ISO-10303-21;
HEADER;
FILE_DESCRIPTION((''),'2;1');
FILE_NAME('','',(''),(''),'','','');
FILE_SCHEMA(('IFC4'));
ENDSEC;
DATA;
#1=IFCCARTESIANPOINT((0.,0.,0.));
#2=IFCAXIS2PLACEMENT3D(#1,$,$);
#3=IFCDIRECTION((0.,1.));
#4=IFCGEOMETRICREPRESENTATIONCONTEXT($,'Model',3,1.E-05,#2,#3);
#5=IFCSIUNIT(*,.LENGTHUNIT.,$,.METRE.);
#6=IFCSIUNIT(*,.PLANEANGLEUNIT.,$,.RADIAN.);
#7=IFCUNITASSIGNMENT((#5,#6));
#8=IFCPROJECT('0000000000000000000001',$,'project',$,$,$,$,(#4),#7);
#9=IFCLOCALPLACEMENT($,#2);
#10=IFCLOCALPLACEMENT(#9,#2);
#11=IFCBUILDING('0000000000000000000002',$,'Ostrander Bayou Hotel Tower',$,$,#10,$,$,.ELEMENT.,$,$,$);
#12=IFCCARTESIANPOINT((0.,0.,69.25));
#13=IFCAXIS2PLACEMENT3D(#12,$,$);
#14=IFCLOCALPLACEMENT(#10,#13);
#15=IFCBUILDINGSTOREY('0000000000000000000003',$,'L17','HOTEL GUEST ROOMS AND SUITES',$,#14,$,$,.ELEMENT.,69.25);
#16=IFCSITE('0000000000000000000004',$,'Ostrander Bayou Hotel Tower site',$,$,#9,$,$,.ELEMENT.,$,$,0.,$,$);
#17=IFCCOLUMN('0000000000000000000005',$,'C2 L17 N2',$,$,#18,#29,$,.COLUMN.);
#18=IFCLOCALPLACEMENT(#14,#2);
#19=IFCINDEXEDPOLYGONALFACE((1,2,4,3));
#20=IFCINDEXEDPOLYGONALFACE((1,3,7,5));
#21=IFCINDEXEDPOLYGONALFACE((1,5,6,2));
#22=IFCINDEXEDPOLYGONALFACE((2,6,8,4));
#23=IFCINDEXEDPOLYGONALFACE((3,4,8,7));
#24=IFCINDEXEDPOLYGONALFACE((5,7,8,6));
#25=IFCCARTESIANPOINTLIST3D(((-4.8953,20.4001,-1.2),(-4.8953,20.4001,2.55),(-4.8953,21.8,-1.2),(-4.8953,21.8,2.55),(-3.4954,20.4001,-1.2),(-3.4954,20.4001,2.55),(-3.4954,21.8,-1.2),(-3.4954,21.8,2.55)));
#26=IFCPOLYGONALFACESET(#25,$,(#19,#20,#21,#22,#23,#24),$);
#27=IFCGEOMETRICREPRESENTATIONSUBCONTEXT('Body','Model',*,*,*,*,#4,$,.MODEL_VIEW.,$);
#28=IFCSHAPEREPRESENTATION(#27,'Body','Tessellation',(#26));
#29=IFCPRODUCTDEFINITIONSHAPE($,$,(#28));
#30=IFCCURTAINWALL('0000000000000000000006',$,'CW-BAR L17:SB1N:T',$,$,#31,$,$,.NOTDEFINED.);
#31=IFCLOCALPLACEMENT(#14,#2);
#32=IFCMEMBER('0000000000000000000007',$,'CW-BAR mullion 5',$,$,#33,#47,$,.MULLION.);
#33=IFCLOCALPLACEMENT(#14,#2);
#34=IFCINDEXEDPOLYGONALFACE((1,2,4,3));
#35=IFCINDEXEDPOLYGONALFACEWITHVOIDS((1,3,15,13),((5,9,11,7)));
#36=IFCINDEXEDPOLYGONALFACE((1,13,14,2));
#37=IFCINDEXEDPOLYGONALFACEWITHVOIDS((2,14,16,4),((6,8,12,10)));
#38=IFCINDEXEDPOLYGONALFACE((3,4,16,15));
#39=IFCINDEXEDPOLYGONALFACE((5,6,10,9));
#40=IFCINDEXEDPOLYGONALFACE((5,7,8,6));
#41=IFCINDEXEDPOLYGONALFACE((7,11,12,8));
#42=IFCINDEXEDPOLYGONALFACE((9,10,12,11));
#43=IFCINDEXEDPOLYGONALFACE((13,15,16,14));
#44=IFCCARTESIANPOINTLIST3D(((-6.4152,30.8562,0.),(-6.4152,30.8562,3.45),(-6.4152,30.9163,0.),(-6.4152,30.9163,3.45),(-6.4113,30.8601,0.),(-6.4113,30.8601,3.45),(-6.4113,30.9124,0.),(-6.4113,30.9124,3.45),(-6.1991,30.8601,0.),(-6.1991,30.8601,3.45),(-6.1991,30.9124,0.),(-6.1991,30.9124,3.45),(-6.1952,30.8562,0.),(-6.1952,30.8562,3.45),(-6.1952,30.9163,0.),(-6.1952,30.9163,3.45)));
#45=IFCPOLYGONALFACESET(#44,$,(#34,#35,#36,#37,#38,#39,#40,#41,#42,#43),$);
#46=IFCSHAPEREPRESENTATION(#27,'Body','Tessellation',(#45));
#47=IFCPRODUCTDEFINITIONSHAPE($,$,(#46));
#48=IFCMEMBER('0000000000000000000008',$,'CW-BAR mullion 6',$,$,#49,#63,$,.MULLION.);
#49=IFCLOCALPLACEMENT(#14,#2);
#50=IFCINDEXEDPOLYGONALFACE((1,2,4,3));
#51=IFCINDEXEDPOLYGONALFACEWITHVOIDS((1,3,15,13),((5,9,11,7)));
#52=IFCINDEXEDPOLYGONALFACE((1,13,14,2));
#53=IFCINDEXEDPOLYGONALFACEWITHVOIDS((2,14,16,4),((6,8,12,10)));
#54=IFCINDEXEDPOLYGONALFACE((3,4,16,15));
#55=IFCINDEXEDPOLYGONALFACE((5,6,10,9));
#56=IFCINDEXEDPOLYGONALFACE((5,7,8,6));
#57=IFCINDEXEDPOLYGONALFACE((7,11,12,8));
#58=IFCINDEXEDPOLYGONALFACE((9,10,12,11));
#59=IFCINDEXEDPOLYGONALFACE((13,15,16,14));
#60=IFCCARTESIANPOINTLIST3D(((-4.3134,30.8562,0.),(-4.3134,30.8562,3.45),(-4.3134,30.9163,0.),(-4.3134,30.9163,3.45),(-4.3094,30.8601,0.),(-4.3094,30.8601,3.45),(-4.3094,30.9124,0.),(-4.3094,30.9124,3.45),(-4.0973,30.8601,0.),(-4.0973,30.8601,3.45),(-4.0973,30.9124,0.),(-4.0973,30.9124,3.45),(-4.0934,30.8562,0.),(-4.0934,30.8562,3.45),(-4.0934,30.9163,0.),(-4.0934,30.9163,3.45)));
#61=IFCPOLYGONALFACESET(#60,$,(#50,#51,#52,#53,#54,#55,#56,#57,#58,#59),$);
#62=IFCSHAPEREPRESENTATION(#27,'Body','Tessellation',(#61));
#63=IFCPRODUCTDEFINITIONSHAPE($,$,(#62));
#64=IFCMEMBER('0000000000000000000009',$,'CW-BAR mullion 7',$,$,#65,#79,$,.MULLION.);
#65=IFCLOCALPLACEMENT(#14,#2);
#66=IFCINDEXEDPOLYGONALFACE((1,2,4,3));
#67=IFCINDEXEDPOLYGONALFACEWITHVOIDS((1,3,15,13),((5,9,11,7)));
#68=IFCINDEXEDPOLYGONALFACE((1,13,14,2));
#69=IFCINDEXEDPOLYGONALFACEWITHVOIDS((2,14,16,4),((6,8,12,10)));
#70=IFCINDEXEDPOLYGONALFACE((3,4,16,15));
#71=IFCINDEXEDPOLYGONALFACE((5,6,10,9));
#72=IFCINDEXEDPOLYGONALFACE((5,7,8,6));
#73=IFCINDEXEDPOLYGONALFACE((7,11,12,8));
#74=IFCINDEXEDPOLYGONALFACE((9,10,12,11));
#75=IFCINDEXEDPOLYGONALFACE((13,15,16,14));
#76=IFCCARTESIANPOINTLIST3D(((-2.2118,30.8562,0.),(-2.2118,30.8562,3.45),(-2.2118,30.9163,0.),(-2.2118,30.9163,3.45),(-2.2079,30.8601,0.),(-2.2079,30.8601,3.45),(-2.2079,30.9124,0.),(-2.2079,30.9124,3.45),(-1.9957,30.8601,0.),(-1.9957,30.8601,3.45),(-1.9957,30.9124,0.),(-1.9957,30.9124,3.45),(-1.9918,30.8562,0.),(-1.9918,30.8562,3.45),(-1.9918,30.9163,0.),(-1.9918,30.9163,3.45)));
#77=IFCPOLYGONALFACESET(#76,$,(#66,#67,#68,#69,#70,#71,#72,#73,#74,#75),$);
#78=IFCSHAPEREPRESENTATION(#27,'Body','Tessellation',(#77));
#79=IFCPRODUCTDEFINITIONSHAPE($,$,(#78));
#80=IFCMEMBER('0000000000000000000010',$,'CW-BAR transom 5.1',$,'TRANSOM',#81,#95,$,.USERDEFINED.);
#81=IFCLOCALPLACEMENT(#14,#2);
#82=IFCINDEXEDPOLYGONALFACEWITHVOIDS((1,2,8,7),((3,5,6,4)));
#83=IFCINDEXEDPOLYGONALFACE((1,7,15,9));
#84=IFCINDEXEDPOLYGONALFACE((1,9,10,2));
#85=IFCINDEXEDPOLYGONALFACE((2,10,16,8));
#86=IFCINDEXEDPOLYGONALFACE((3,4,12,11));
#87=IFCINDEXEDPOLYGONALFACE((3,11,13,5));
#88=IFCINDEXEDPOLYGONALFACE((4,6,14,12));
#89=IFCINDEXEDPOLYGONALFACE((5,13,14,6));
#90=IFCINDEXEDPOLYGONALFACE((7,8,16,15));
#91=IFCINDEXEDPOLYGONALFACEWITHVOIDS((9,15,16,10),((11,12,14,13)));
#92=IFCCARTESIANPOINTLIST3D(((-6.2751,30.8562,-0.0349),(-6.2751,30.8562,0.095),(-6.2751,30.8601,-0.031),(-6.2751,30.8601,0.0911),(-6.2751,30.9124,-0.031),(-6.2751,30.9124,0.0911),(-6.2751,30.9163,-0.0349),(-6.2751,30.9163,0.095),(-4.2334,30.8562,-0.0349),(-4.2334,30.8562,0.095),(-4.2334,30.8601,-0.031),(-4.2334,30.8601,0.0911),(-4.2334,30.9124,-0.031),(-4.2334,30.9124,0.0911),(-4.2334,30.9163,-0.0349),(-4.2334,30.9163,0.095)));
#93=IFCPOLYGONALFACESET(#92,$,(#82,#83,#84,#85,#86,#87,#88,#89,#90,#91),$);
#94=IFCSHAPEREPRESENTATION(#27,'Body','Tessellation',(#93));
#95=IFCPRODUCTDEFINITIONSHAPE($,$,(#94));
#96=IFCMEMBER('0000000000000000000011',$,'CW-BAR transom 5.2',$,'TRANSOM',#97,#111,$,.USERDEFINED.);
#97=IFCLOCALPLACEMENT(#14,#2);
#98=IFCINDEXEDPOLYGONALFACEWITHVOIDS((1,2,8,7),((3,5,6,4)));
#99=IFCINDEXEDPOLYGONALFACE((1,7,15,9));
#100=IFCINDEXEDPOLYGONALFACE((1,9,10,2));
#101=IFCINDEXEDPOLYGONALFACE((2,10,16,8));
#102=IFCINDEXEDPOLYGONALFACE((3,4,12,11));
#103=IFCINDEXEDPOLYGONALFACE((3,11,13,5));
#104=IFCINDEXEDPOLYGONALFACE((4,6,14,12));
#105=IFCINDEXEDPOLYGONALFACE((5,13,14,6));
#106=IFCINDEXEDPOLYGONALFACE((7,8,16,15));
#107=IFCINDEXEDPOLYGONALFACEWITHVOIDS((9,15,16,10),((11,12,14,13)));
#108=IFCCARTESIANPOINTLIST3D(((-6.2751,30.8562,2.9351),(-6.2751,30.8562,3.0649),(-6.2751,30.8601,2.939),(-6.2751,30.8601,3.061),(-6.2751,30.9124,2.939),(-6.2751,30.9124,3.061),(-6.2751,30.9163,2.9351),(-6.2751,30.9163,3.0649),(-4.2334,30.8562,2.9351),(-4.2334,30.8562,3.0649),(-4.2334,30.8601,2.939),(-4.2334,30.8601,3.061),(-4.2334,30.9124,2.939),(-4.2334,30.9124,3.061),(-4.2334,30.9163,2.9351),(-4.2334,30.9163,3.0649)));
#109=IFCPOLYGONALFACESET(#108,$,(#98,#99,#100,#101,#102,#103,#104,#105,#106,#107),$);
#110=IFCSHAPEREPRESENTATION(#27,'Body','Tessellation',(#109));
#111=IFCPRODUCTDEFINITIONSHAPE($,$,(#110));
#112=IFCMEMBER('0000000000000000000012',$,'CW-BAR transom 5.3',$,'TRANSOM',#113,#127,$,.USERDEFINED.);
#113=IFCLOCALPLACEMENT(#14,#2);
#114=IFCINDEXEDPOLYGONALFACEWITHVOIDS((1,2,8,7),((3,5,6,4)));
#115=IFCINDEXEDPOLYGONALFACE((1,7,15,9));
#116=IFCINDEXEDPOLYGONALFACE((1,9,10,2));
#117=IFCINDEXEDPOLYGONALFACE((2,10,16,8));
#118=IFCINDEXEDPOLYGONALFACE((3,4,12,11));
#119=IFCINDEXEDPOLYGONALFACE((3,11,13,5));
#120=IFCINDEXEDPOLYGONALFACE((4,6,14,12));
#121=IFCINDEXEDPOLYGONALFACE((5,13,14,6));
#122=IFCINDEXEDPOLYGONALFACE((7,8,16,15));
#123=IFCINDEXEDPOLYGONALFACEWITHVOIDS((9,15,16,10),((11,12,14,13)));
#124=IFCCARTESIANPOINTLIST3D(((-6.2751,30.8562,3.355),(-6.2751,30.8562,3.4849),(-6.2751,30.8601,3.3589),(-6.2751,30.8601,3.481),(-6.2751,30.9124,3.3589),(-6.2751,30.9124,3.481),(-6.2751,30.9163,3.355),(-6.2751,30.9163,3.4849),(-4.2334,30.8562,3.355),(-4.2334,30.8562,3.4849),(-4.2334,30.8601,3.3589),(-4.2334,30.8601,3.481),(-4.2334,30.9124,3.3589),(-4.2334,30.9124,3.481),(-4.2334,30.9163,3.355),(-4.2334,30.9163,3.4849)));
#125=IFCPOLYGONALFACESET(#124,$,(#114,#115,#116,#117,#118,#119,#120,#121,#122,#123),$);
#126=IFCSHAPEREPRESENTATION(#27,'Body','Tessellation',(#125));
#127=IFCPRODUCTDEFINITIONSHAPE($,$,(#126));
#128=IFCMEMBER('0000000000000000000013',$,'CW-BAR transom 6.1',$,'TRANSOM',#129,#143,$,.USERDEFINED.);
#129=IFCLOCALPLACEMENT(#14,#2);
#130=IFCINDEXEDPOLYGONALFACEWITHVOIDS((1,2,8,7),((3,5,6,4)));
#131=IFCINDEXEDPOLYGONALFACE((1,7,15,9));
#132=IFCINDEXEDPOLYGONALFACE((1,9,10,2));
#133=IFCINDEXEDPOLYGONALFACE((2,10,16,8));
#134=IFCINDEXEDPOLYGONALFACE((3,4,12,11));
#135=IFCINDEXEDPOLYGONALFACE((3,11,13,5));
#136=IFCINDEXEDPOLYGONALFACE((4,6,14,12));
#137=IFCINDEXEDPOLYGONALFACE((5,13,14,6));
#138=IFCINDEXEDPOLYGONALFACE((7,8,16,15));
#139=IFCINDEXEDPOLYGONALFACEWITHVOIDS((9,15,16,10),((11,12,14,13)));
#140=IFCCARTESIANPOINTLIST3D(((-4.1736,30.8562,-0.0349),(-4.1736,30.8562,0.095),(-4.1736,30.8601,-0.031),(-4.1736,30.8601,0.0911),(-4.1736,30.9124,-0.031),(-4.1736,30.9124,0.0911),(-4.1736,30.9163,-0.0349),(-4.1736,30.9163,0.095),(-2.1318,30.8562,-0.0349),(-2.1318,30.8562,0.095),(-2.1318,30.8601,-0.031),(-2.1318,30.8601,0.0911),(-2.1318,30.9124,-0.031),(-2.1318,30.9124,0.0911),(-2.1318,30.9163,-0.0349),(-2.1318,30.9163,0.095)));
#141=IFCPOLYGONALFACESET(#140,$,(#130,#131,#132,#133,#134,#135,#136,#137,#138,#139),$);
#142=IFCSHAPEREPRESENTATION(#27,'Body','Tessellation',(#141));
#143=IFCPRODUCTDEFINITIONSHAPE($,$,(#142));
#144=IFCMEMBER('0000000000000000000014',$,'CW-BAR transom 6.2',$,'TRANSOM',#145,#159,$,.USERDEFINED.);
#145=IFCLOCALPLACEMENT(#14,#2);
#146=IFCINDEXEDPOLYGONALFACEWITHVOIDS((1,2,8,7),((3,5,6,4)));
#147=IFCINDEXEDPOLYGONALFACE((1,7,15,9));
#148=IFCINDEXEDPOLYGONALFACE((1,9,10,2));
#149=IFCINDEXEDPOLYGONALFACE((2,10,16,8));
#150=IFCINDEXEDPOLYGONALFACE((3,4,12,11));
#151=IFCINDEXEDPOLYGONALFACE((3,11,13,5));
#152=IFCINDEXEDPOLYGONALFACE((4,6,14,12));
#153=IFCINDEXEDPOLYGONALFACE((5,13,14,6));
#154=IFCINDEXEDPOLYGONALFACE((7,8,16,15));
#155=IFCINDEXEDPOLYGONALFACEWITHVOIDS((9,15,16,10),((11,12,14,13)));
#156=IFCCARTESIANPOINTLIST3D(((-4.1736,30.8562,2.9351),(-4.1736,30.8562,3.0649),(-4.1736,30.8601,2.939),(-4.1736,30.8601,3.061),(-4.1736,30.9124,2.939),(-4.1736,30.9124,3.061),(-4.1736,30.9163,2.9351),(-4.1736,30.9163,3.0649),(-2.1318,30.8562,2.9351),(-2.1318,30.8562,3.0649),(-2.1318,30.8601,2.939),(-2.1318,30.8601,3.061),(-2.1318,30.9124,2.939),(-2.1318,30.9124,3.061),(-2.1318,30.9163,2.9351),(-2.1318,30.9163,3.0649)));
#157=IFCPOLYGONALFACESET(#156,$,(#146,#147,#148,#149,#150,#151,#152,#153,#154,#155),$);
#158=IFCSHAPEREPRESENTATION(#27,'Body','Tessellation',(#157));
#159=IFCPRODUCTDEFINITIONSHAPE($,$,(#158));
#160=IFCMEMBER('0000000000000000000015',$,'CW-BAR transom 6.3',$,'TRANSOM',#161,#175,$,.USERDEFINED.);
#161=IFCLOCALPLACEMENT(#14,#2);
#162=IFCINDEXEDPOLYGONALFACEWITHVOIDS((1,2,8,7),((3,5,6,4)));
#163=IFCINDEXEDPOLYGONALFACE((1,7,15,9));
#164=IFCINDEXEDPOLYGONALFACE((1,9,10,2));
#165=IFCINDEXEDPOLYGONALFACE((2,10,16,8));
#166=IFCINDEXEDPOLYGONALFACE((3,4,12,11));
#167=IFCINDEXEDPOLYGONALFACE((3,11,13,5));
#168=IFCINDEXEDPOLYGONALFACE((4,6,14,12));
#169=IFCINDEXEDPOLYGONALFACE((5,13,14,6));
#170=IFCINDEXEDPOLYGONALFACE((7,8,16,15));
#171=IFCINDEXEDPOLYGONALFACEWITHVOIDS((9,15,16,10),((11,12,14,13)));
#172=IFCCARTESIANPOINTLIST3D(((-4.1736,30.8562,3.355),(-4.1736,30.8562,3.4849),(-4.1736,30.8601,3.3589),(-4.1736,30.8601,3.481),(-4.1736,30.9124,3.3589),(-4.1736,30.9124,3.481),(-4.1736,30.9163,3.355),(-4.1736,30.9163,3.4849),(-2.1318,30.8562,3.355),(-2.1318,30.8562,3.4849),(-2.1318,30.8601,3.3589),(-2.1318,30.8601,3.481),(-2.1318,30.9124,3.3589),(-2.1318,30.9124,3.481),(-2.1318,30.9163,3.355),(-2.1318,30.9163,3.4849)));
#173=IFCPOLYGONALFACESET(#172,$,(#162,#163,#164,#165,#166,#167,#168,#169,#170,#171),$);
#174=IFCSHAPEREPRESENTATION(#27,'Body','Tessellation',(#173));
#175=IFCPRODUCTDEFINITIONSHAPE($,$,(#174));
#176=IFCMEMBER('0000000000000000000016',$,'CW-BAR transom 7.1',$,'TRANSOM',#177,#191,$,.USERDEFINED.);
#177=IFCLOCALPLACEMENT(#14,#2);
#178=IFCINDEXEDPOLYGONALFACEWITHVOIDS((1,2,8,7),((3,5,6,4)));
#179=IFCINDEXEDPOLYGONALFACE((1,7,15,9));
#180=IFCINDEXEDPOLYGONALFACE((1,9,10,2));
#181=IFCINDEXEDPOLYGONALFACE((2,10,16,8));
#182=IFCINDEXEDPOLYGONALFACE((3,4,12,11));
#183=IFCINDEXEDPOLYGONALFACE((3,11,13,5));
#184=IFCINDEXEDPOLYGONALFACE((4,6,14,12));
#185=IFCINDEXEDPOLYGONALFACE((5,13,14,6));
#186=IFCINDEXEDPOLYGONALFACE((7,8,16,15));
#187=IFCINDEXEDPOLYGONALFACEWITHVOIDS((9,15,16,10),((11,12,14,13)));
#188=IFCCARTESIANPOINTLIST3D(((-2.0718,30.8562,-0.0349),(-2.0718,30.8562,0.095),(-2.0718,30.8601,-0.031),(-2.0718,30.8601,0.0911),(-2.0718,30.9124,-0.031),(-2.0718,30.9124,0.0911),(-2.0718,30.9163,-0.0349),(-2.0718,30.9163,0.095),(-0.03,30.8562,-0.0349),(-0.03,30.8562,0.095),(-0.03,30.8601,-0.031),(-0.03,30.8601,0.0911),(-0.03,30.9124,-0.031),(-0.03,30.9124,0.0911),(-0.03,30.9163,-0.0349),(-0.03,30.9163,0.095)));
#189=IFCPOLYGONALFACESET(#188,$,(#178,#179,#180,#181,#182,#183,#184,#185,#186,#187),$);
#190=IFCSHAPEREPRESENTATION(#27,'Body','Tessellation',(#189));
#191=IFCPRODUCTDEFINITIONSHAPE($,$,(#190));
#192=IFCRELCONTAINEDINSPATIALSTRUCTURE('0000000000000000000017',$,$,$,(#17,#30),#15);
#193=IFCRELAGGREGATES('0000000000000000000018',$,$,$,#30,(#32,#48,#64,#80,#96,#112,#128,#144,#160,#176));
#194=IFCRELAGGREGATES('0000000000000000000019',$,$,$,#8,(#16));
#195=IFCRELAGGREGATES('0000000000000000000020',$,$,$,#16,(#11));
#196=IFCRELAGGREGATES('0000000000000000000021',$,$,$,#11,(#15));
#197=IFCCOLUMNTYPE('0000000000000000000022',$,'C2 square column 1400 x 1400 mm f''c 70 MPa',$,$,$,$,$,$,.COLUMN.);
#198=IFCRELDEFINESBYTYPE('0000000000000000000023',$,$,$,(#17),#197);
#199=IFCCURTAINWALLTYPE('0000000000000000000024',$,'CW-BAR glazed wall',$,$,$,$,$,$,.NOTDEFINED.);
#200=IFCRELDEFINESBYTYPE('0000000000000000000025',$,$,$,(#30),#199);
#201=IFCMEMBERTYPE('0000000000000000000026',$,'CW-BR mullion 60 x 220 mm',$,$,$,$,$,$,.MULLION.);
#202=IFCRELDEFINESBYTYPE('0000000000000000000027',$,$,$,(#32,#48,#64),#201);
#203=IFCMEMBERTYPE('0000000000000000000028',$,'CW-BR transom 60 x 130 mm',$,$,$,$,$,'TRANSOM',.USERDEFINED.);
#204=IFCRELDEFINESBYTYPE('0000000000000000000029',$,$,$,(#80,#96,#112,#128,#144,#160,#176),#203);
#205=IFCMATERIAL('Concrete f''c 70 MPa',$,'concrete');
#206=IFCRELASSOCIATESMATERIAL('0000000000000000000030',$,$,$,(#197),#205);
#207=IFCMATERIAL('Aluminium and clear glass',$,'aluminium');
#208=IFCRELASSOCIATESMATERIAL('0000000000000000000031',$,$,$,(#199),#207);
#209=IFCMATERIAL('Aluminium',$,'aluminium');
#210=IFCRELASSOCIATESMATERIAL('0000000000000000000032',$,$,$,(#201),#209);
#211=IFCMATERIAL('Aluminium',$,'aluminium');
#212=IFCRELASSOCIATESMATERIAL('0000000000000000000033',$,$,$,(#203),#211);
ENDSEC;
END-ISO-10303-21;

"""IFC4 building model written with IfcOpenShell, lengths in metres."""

from ifc_helpers import new_model, si_unit, direction, frame, origin, origin_2d, place, context, subcontext, project, spatial, rectangle, hollow_rectangle, extrude, material, material_profile, profile_set, type_object, element, aggregate, save


model = new_model("IFC4")

# Units and contexts
model_context = context("Model", 3, precision=1e-05, world=origin(), true_north=direction((0.0, 1.0)))
body_context = subcontext(model_context, "Body", "Model", "MODEL_VIEW")
ifc_project = project(units=[si_unit("LENGTHUNIT", "METRE"), si_unit("PLANEANGLEUNIT", "RADIAN")], contexts=[model_context])

# Site, building, storey
site_placement = place(None, origin())
site = spatial("IfcSite", under=ifc_project, at=site_placement, Name="Ostrander Bayou Hotel Tower site", CompositionType="ELEMENT", RefElevation=0.0)
building_placement = place(site_placement, origin())
building = spatial("IfcBuilding", under=site, at=building_placement, Name="Ostrander Bayou Hotel Tower", CompositionType="ELEMENT")
storey_placement = place(building_placement, frame((0.0, 0.0, 69.25)))
storey = spatial("IfcBuildingStorey", under=building, at=storey_placement, Name="L17", Description="HOTEL GUEST ROOMS AND SUITES", CompositionType="ELEMENT", Elevation=69.25)

# Column
ifc_material_1 = material(Name="Concrete f'c 70 MPa", Category="concrete")
ifc_material_profile_1 = material_profile(ifc_material_1, rectangle(XDim=1.3999, YDim=1.3999, at=origin_2d()))
ifc_profile_set_1 = profile_set([ifc_material_profile_1], Name="Concrete f'c 70 MPa")
column_type = type_object("IfcColumnType", Name="C2 square column 1400 x 1400 mm f'c 70 MPa", PredefinedType="COLUMN", material=ifc_profile_set_1)
column_placement = place(storey_placement, frame((-4.1953, 21.1001, -1.2), z_axis=(0.0, 0.0, 1.0), x_axis=(1.0, 0.0, 0.0)))
element("IfcColumn", 1, at=column_placement, inside=storey, type_object=column_type, Name="C2 L17 N2", PredefinedType="COLUMN", context=body_context, shape_type="SweptSolid", body=[
    extrude(rectangle(XDim=1.3999, YDim=1.3999, at=origin_2d()), origin(), (0.0, 0.0, 1.0), 3.75),
])

# Curtain wall, members
ifc_material_2 = material(Name="Aluminium and clear glass", Category="aluminium")
curtain_wall_type = type_object("IfcCurtainWallType", Name="CW-BAR glazed wall", PredefinedType="NOTDEFINED", material=ifc_material_2)
curtain_wall_placement = place(storey_placement, origin())
curtain_wall = element("IfcCurtainWall", 2, at=curtain_wall_placement, inside=storey, type_object=curtain_wall_type, Name="CW-BAR L17:SB1N:T", PredefinedType="NOTDEFINED")
ifc_material_3 = material(Name="Aluminium", Category="aluminium")
ifc_material_profile_2 = material_profile(ifc_material_3, hollow_rectangle(XDim=0.0601, YDim=0.22, WallThickness=0.0039, at=origin_2d()))
ifc_profile_set_2 = profile_set([ifc_material_profile_2], Name="Aluminium")
member_type_1 = type_object("IfcMemberType", Name="CW-BR mullion 60 x 220 mm", PredefinedType="MULLION", material=ifc_profile_set_2)
member_1_placement = place(storey_placement, frame((-6.3052, 30.8862, 0.0), z_axis=(0.0, 0.0, 1.0), x_axis=(0.0, 1.0, 0.0)))
member_1 = element("IfcMember", 3, at=member_1_placement, type_object=member_type_1, Name="CW-BAR mullion 5", PredefinedType="MULLION", context=body_context, shape_type="SweptSolid", body=[
    extrude(hollow_rectangle(XDim=0.0601, YDim=0.22, WallThickness=0.0039, at=origin_2d()), origin(), (0.0, 0.0, 1.0), 3.45),
])
member_2_placement = place(storey_placement, frame((-4.2034, 30.8862, 0.0), z_axis=(0.0, 0.0, 1.0), x_axis=(0.0, 1.0, 0.0)))
member_2 = element("IfcMember", 4, at=member_2_placement, type_object=member_type_1, Name="CW-BAR mullion 6", PredefinedType="MULLION", context=body_context, shape_type="SweptSolid", body=[
    extrude(hollow_rectangle(XDim=0.0601, YDim=0.22, WallThickness=0.0039, at=origin_2d()), origin(), (0.0, 0.0, 1.0), 3.45),
])
member_3_placement = place(storey_placement, frame((-2.1018, 30.8862, 0.0), z_axis=(0.0, 0.0, 1.0), x_axis=(0.0, 1.0, 0.0)))
member_3 = element("IfcMember", 5, at=member_3_placement, type_object=member_type_1, Name="CW-BAR mullion 7", PredefinedType="MULLION", context=body_context, shape_type="SweptSolid", body=[
    extrude(hollow_rectangle(XDim=0.0601, YDim=0.22, WallThickness=0.0039, at=origin_2d()), origin(), (0.0, 0.0, 1.0), 3.45),
])
ifc_material_4 = material(Name="Aluminium", Category="aluminium")
ifc_material_profile_3 = material_profile(ifc_material_4, hollow_rectangle(XDim=0.0601, YDim=0.1299, WallThickness=0.0039, at=origin_2d()))
ifc_profile_set_3 = profile_set([ifc_material_profile_3], Name="Aluminium")
member_type_2 = type_object("IfcMemberType", Name="CW-BR transom 60 x 130 mm", ElementType="TRANSOM", PredefinedType="USERDEFINED", material=ifc_profile_set_3)
member_4_placement = place(storey_placement, frame((-6.2751, 30.8862, 0.03), z_axis=(1.0, 0.0, 0.0), x_axis=(0.0, 1.0, 0.0)))
member_4 = element("IfcMember", 6, at=member_4_placement, type_object=member_type_2, Name="CW-BAR transom 5.1", ObjectType="TRANSOM", PredefinedType="USERDEFINED", context=body_context, shape_type="SweptSolid", body=[
    extrude(hollow_rectangle(XDim=0.0601, YDim=0.1299, WallThickness=0.0039, at=origin_2d()), origin(), (0.0, 0.0, 1.0), 2.0417),
])
member_5_placement = place(storey_placement, frame((-6.2751, 30.8862, 3.0), z_axis=(1.0, 0.0, 0.0), x_axis=(0.0, 1.0, 0.0)))
member_5 = element("IfcMember", 7, at=member_5_placement, type_object=member_type_2, Name="CW-BAR transom 5.2", ObjectType="TRANSOM", PredefinedType="USERDEFINED", context=body_context, shape_type="SweptSolid", body=[
    extrude(hollow_rectangle(XDim=0.0601, YDim=0.1299, WallThickness=0.0039, at=origin_2d()), origin(), (0.0, 0.0, 1.0), 2.0417),
])
member_6_placement = place(storey_placement, frame((-6.2751, 30.8862, 3.4199), z_axis=(1.0, 0.0, 0.0), x_axis=(0.0, 1.0, 0.0)))
member_6 = element("IfcMember", 8, at=member_6_placement, type_object=member_type_2, Name="CW-BAR transom 5.3", ObjectType="TRANSOM", PredefinedType="USERDEFINED", context=body_context, shape_type="SweptSolid", body=[
    extrude(hollow_rectangle(XDim=0.0601, YDim=0.1299, WallThickness=0.0039, at=origin_2d()), origin(), (0.0, 0.0, 1.0), 2.0417),
])
member_7_placement = place(storey_placement, frame((-4.1736, 30.8862, 0.03), z_axis=(1.0, 0.0, 0.0), x_axis=(0.0, 1.0, 0.0)))
member_7 = element("IfcMember", 9, at=member_7_placement, type_object=member_type_2, Name="CW-BAR transom 6.1", ObjectType="TRANSOM", PredefinedType="USERDEFINED", context=body_context, shape_type="SweptSolid", body=[
    extrude(hollow_rectangle(XDim=0.0601, YDim=0.1299, WallThickness=0.0039, at=origin_2d()), origin(), (0.0, 0.0, 1.0), 2.0417),
])
member_8_placement = place(storey_placement, frame((-4.1736, 30.8862, 3.0), z_axis=(1.0, 0.0, 0.0), x_axis=(0.0, 1.0, 0.0)))
member_8 = element("IfcMember", 10, at=member_8_placement, type_object=member_type_2, Name="CW-BAR transom 6.2", ObjectType="TRANSOM", PredefinedType="USERDEFINED", context=body_context, shape_type="SweptSolid", body=[
    extrude(hollow_rectangle(XDim=0.0601, YDim=0.1299, WallThickness=0.0039, at=origin_2d()), origin(), (0.0, 0.0, 1.0), 2.0417),
])
member_9_placement = place(storey_placement, frame((-4.1736, 30.8862, 3.4199), z_axis=(1.0, 0.0, 0.0), x_axis=(0.0, 1.0, 0.0)))
member_9 = element("IfcMember", 11, at=member_9_placement, type_object=member_type_2, Name="CW-BAR transom 6.3", ObjectType="TRANSOM", PredefinedType="USERDEFINED", context=body_context, shape_type="SweptSolid", body=[
    extrude(hollow_rectangle(XDim=0.0601, YDim=0.1299, WallThickness=0.0039, at=origin_2d()), origin(), (0.0, 0.0, 1.0), 2.0417),
])
member_10_placement = place(storey_placement, frame((-2.0718, 30.8862, 0.03), z_axis=(1.0, 0.0, 0.0), x_axis=(0.0, 1.0, 0.0)))
member_10 = element("IfcMember", 12, at=member_10_placement, type_object=member_type_2, Name="CW-BAR transom 7.1", ObjectType="TRANSOM", PredefinedType="USERDEFINED", context=body_context, shape_type="SweptSolid", body=[
    extrude(hollow_rectangle(XDim=0.0601, YDim=0.1299, WallThickness=0.0039, at=origin_2d()), origin(), (0.0, 0.0, 1.0), 2.0417),
])
aggregate(curtain_wall, [member_1, member_2, member_3, member_4, member_5, member_6, member_7, member_8, member_9, member_10])

save(model, "model.ifc")
